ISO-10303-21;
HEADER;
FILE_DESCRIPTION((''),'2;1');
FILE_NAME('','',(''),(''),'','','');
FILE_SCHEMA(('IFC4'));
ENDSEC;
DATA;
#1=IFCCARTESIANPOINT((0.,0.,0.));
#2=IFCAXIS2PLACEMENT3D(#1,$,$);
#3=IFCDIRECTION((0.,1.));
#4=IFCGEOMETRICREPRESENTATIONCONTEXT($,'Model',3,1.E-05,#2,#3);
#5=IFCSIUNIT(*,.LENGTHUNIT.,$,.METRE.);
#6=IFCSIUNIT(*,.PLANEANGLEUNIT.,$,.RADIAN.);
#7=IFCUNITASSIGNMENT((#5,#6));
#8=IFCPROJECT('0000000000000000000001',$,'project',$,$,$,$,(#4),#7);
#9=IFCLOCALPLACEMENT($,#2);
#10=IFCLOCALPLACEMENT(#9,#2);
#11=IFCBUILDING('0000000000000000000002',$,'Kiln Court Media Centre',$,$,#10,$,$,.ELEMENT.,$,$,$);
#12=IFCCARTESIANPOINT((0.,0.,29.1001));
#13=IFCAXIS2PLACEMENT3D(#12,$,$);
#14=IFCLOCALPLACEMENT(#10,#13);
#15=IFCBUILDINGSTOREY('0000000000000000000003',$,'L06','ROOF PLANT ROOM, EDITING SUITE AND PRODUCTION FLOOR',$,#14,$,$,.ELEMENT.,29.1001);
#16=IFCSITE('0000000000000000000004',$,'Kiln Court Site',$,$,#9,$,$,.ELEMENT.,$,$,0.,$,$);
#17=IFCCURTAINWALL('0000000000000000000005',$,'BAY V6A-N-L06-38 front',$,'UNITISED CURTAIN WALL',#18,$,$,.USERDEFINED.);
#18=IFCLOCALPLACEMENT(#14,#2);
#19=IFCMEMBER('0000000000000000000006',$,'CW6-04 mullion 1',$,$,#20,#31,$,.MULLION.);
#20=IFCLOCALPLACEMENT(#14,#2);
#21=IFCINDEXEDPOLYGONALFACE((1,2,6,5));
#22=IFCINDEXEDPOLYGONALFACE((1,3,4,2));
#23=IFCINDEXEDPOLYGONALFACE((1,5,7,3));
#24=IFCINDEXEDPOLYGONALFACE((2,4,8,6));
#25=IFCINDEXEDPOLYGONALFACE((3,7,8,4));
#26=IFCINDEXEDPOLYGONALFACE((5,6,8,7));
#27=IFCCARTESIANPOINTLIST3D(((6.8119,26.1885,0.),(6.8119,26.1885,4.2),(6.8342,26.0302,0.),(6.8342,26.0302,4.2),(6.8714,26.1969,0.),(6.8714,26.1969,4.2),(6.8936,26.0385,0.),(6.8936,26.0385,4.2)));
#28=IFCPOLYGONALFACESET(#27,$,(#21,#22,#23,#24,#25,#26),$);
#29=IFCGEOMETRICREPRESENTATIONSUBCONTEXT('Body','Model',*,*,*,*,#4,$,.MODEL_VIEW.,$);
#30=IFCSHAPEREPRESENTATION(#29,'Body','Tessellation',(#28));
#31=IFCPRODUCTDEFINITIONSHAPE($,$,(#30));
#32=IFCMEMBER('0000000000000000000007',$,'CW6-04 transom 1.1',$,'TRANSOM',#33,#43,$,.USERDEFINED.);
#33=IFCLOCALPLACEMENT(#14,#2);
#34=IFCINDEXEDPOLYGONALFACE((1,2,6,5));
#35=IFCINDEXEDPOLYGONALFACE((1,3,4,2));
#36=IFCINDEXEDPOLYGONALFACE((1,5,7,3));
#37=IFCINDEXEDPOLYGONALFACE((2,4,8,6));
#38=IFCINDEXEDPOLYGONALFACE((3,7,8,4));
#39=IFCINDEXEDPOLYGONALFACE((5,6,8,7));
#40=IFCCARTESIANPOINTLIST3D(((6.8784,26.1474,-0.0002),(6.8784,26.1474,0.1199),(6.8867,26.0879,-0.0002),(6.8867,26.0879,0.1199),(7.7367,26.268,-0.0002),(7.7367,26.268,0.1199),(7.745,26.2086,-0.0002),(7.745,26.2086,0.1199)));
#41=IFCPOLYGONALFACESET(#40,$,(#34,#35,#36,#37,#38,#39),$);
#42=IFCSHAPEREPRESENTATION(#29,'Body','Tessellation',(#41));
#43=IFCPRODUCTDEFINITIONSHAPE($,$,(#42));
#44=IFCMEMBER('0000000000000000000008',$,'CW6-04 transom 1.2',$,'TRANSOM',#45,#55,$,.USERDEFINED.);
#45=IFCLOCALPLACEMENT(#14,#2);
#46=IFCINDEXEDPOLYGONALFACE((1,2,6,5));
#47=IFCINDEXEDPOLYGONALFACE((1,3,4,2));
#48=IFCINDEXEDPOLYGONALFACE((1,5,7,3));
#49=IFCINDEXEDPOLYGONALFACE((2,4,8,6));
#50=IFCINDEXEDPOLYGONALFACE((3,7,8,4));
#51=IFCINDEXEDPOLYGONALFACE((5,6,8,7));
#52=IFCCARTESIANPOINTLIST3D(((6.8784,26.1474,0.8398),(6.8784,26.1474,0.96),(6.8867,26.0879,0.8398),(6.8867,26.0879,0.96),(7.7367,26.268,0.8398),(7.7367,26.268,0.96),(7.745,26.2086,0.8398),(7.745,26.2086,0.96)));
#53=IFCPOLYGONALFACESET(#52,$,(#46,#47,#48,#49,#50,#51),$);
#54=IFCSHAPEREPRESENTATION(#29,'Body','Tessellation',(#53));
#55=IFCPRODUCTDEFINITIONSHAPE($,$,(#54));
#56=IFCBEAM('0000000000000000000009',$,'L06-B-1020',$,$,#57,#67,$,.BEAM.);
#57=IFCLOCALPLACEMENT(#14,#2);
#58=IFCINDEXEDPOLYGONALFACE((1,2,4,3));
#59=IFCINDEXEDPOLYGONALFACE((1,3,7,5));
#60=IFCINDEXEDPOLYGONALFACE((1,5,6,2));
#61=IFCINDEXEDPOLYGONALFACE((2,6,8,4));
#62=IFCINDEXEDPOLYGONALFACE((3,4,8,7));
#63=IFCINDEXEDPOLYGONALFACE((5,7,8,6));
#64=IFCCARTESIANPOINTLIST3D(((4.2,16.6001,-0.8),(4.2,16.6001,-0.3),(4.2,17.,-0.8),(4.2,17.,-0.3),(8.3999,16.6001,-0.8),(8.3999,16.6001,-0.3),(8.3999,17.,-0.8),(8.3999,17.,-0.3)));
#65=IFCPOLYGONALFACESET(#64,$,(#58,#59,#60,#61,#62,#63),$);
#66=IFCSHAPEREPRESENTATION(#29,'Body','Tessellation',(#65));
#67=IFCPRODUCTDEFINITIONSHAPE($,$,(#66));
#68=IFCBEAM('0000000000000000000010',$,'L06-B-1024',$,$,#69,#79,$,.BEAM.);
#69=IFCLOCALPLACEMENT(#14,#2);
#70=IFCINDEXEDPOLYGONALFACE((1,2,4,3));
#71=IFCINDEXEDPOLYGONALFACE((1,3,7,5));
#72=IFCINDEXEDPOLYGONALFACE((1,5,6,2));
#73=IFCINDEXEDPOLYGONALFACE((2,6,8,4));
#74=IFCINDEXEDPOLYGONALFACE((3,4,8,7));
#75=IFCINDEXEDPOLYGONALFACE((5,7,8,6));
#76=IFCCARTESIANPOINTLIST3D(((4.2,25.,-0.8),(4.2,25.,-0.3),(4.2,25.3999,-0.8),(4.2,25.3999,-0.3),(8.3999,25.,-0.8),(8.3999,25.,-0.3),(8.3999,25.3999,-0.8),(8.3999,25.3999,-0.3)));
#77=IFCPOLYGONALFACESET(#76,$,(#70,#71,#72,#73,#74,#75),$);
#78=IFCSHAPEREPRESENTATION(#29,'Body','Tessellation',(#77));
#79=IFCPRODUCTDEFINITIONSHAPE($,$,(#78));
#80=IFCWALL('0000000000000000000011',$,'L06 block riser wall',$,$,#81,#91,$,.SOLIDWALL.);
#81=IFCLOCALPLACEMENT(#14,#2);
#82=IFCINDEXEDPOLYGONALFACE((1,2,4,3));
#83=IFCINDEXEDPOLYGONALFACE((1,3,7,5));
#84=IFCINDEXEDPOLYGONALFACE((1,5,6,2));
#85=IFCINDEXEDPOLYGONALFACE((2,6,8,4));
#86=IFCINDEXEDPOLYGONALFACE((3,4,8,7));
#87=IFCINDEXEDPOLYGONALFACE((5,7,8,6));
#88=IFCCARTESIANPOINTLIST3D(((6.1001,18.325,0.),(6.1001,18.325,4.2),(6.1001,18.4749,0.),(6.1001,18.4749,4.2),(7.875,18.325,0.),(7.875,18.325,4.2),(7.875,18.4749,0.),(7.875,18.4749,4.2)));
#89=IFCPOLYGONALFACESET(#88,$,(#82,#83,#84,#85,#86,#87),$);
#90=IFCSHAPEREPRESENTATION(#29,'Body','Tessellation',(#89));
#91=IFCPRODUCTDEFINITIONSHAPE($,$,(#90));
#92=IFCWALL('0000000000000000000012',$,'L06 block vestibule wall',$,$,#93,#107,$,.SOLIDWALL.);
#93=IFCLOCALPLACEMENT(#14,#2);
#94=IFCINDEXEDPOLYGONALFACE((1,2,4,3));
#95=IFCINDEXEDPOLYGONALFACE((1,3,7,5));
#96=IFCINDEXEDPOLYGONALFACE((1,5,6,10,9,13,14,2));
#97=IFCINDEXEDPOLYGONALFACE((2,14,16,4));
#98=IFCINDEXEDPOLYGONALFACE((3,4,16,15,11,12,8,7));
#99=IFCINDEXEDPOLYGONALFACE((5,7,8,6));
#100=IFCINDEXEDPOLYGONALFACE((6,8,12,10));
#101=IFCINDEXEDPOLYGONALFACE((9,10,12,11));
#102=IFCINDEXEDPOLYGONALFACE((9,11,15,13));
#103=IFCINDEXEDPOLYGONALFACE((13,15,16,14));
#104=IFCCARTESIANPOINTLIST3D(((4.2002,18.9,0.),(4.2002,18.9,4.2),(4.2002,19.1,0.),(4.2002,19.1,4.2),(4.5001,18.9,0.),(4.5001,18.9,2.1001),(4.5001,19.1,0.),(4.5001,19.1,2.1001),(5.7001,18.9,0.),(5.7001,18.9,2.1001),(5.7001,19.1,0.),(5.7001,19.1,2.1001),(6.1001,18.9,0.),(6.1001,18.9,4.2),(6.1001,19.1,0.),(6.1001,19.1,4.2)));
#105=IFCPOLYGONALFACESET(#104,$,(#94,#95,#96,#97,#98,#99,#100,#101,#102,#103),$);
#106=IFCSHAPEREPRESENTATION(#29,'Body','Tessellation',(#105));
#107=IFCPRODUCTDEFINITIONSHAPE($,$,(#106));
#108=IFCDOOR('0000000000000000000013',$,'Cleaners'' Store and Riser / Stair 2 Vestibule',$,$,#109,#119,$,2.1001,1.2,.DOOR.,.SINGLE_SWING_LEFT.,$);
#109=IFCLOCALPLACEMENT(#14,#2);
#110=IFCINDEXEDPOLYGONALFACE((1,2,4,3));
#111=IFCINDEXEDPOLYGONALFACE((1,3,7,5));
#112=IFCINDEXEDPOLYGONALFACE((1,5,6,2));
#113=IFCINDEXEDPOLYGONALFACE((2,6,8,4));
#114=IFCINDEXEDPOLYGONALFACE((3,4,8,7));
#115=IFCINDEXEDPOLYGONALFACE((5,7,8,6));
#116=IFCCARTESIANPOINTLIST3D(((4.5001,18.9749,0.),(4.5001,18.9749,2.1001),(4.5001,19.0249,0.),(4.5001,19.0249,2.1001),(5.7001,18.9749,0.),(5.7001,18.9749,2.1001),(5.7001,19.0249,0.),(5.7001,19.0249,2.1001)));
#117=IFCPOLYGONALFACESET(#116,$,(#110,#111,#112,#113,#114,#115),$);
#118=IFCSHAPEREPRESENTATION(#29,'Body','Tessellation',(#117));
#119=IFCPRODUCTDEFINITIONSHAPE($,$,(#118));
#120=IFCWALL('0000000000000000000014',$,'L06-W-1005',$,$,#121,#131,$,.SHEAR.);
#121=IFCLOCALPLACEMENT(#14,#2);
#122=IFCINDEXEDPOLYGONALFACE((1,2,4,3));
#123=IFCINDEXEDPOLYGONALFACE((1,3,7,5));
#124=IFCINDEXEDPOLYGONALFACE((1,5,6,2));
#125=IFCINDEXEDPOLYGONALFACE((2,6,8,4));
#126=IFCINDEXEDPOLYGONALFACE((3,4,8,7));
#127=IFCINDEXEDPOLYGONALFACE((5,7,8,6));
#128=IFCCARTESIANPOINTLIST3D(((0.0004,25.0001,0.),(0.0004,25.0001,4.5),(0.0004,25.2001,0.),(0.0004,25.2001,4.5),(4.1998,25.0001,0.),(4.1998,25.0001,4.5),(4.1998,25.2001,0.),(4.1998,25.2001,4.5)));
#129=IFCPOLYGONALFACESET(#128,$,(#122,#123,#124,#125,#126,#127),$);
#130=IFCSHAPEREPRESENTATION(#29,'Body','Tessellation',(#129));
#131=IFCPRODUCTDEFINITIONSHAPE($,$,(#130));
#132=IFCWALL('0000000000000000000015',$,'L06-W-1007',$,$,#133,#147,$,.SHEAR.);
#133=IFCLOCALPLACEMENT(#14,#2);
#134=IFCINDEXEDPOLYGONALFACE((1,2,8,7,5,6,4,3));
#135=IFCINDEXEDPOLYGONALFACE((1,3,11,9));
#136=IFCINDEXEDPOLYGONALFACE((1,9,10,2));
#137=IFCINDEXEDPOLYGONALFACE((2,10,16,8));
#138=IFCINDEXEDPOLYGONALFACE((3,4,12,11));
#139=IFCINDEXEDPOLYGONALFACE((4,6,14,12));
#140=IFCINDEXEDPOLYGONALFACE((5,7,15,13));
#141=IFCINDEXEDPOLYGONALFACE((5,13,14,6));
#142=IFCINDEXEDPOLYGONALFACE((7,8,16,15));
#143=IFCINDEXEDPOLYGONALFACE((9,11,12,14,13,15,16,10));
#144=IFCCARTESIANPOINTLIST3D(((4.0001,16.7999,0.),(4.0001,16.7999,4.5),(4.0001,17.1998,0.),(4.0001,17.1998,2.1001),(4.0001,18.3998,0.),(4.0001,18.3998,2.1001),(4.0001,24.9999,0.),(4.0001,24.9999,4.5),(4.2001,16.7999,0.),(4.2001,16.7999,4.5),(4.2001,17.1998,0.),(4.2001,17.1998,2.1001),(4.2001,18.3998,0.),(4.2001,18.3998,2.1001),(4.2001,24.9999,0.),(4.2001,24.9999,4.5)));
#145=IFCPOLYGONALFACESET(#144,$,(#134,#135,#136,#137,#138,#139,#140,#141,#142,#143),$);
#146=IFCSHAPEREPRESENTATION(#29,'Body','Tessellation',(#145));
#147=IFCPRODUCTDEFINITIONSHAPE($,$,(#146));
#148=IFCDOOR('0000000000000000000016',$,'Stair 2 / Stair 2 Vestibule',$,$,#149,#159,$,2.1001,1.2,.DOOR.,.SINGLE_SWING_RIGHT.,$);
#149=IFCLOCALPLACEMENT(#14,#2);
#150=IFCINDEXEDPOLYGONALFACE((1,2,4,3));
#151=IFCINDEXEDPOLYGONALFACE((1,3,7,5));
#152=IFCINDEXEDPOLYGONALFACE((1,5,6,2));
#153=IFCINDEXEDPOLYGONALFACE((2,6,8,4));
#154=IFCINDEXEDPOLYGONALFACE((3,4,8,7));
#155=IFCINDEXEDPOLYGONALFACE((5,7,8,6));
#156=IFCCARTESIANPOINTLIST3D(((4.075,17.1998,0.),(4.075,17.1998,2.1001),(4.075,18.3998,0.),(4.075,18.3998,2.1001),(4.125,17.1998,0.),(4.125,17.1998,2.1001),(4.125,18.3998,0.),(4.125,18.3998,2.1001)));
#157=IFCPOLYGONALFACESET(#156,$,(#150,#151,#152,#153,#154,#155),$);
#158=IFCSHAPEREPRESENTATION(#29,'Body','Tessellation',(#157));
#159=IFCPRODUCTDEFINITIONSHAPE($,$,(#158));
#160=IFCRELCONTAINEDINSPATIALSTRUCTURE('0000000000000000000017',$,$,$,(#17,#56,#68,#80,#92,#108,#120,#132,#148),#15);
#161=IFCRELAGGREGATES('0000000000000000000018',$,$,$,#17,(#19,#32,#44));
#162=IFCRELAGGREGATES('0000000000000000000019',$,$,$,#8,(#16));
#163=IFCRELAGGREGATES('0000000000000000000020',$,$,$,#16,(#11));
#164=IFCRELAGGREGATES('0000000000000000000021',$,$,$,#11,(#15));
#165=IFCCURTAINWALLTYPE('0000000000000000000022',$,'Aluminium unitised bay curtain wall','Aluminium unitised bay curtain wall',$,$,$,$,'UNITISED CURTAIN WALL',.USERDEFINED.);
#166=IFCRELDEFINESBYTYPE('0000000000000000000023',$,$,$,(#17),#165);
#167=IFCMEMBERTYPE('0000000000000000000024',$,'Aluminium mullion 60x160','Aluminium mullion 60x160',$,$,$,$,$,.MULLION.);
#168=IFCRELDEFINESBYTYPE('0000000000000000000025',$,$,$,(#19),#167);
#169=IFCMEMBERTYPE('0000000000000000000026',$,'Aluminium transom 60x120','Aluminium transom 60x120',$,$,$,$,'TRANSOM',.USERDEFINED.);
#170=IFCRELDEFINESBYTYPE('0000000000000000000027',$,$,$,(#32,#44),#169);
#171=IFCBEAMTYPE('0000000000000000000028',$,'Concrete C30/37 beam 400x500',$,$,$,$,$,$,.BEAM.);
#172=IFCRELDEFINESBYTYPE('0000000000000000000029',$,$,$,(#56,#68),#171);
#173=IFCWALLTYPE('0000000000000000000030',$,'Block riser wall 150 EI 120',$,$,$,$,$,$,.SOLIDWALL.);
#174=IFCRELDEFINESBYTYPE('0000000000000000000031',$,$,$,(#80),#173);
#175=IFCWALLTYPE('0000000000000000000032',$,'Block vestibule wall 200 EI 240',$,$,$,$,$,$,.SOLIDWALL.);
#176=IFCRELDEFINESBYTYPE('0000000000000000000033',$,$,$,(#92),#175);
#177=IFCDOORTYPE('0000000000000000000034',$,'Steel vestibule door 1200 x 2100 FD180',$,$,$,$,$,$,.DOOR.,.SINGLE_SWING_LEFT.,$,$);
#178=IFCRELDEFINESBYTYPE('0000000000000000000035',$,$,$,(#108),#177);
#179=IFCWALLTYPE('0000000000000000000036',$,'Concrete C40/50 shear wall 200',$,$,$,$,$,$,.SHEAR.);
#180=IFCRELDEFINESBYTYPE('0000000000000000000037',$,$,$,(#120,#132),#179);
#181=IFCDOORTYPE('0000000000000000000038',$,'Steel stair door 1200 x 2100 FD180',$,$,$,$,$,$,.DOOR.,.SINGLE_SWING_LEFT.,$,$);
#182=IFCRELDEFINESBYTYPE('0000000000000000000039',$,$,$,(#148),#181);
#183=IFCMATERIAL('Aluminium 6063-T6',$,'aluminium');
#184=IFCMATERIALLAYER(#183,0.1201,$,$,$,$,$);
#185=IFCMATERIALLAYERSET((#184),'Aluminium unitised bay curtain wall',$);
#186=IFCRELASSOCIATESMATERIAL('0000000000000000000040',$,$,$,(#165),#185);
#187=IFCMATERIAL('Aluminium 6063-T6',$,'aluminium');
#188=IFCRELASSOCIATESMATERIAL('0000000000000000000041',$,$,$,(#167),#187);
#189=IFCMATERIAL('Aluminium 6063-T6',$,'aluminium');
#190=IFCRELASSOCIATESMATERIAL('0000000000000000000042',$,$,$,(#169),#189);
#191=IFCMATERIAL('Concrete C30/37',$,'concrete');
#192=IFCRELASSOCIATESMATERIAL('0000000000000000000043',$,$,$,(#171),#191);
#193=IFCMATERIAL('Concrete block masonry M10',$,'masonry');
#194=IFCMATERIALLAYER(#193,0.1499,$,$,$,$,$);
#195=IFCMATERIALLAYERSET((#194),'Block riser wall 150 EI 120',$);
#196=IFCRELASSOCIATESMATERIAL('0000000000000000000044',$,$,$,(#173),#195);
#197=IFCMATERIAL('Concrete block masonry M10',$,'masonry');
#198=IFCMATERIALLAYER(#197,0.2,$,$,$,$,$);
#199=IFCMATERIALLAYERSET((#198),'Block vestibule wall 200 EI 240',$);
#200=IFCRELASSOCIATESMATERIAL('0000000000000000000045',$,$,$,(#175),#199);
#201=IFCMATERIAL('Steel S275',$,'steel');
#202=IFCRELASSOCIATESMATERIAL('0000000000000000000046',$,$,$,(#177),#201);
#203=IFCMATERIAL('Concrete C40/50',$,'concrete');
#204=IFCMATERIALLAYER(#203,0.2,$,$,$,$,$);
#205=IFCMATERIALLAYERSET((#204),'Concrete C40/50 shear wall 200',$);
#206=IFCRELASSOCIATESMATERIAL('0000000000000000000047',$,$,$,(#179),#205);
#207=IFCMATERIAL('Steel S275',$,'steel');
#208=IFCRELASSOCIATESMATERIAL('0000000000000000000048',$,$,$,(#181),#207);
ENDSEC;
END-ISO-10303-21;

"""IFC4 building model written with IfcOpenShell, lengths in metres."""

from ifc_helpers import new_model, si_unit, direction, frame, frame_2d, origin, origin_2d, place, context, subcontext, project, spatial, rectangle, extrude, material, layer, layer_set, material_profile, profile_set, type_object, element, fill, aggregate, save


model = new_model("IFC4")

# Units and contexts
model_context = context("Model", 3, precision=1e-05, world=origin(), true_north=direction((0.0, 1.0)))
body_context = subcontext(model_context, "Body", "Model", "MODEL_VIEW")
ifc_project = project(units=[si_unit("LENGTHUNIT", "METRE"), si_unit("PLANEANGLEUNIT", "RADIAN")], contexts=[model_context])

# Site, building, storey
site_placement = place(None, origin())
site = spatial("IfcSite", under=ifc_project, at=site_placement, Name="Kiln Court Site", CompositionType="ELEMENT", RefElevation=0.0)
building_placement = place(site_placement, origin())
building = spatial("IfcBuilding", under=site, at=building_placement, Name="Kiln Court Media Centre", CompositionType="ELEMENT")
storey_placement = place(building_placement, frame((0.0, 0.0, 29.1001)))
storey = spatial("IfcBuildingStorey", under=building, at=storey_placement, Name="L06", Description="ROOF PLANT ROOM, EDITING SUITE AND PRODUCTION FLOOR", CompositionType="ELEMENT", Elevation=29.1001)

# Curtain wall, members
ifc_material_1 = material(Name="Aluminium 6063-T6", Category="aluminium")
ifc_layer_1 = layer(ifc_material_1, 0.1201)
ifc_layer_set_1 = layer_set([ifc_layer_1], Name="Aluminium unitised bay curtain wall")
curtain_wall_type = type_object("IfcCurtainWallType", Name="Aluminium unitised bay curtain wall", Description="Aluminium unitised bay curtain wall", ElementType="UNITISED CURTAIN WALL", PredefinedType="USERDEFINED", material=ifc_layer_set_1)
curtain_wall_placement = place(storey_placement, origin())
curtain_wall = element("IfcCurtainWall", 1, at=curtain_wall_placement, inside=storey, type_object=curtain_wall_type, Name="BAY V6A-N-L06-38 front", ObjectType="UNITISED CURTAIN WALL", PredefinedType="USERDEFINED")
ifc_material_2 = material(Name="Aluminium 6063-T6", Category="aluminium")
ifc_material_profile_1 = material_profile(ifc_material_2, rectangle(XDim=0.0601, YDim=0.1599, at=origin_2d()), Name="Aluminium mullion 60x160")
ifc_profile_set_1 = profile_set([ifc_material_profile_1], Name="Aluminium 6063-T6")
member_type_1 = type_object("IfcMemberType", Name="Aluminium mullion 60x160", Description="Aluminium mullion 60x160", PredefinedType="MULLION", material=ifc_profile_set_1)
member_1_placement = place(storey_placement, frame((6.8528, 26.1135, 0.0), z_axis=(0.0, 0.0, 1.0), x_axis=(0.99027, 0.139162, 0.0)))
member_1 = element("IfcMember", 2, at=member_1_placement, type_object=member_type_1, Name="CW6-04 mullion 1", PredefinedType="MULLION", context=body_context, shape_type="SweptSolid", body=[
    extrude(rectangle(XDim=0.0601, YDim=0.1599, at=origin_2d()), origin(), (0.0, 0.0, 1.0), 4.2),
])
ifc_material_3 = material(Name="Aluminium 6063-T6", Category="aluminium")
ifc_material_profile_2 = material_profile(ifc_material_3, rectangle(XDim=0.0601, YDim=0.1201, at=origin_2d()), Name="Aluminium transom 60x120")
ifc_profile_set_2 = profile_set([ifc_material_profile_2], Name="Aluminium 6063-T6")
member_type_2 = type_object("IfcMemberType", Name="Aluminium transom 60x120", Description="Aluminium transom 60x120", ElementType="TRANSOM", PredefinedType="USERDEFINED", material=ifc_profile_set_2)
member_2_placement = place(storey_placement, frame((6.8826, 26.1177, 0.0598), z_axis=(0.990268, 0.139173, 0.0), x_axis=(-0.139173, 0.990268, 0.0)))
member_2 = element("IfcMember", 3, at=member_2_placement, type_object=member_type_2, Name="CW6-04 transom 1.1", ObjectType="TRANSOM", PredefinedType="USERDEFINED", context=body_context, shape_type="SweptSolid", body=[
    extrude(rectangle(XDim=0.0601, YDim=0.1201, at=origin_2d()), origin(), (0.0, 0.0, 1.0), 0.8667),
])
member_3_placement = place(storey_placement, frame((6.8826, 26.1177, 0.8999), z_axis=(0.990268, 0.139173, 0.0), x_axis=(-0.139173, 0.990268, 0.0)))
member_3 = element("IfcMember", 4, at=member_3_placement, type_object=member_type_2, Name="CW6-04 transom 1.2", ObjectType="TRANSOM", PredefinedType="USERDEFINED", context=body_context, shape_type="SweptSolid", body=[
    extrude(rectangle(XDim=0.0601, YDim=0.1201, at=origin_2d()), origin(), (0.0, 0.0, 1.0), 0.8667),
])
aggregate(curtain_wall, [member_1, member_2, member_3])

# Beams
ifc_material_4 = material(Name="Concrete C30/37", Category="concrete")
ifc_material_profile_3 = material_profile(ifc_material_4, rectangle(XDim=0.3999, YDim=0.5, at=origin_2d()), Name="RC 400x500")
ifc_profile_set_3 = profile_set([ifc_material_profile_3], Name="Concrete C30/37")
beam_type = type_object("IfcBeamType", Name="Concrete C30/37 beam 400x500", PredefinedType="BEAM", material=ifc_profile_set_3)
for number, where, z_axis, x_axis, name in (
    (5, (4.2, 16.8, -0.55), (1.0, 0.0, 0.0), (0.0, 1.0, 0.0), "L06-B-1020"),
    (6, (4.2, 25.2, -0.55), (1.0, 0.0, 0.0), (0.0, 1.0, 0.0), "L06-B-1024"),
):
    element("IfcBeam", number, at=place(storey_placement, frame(where, z_axis=z_axis, x_axis=x_axis)), inside=storey, type_object=beam_type, Name=name, PredefinedType="BEAM", context=body_context, shape_type="SweptSolid", body=[
        extrude(rectangle(XDim=0.3999, YDim=0.5, at=origin_2d()), origin(), (0.0, 0.0, 1.0), 4.2),
    ])

# Wall
ifc_material_5 = material(Name="Concrete block masonry M10", Category="masonry")
ifc_layer_2 = layer(ifc_material_5, 0.1499)
ifc_layer_set_2 = layer_set([ifc_layer_2], Name="Block riser wall 150 EI 120")
wall_type_1 = type_object("IfcWallType", Name="Block riser wall 150 EI 120", PredefinedType="SOLIDWALL", material=ifc_layer_set_2)
wall_1_placement = place(storey_placement, frame((6.1001, 18.3999, 0.0), z_axis=(0.0, 0.0, 1.0), x_axis=(1.0, 0.0, 0.0)))
element("IfcWall", 7, at=wall_1_placement, inside=storey, type_object=wall_type_1, Name="L06 block riser wall", PredefinedType="SOLIDWALL", context=body_context, shape_type="SweptSolid", body=[
    extrude(rectangle(XDim=1.7749, YDim=0.1499, at=frame_2d((0.8875, 0.0))), origin(), (0.0, 0.0, 1.0), 4.2),
])

# Wall, opening, door
ifc_material_6 = material(Name="Concrete block masonry M10", Category="masonry")
ifc_layer_3 = layer(ifc_material_6, 0.2)
ifc_layer_set_3 = layer_set([ifc_layer_3], Name="Block vestibule wall 200 EI 240")
wall_type_2 = type_object("IfcWallType", Name="Block vestibule wall 200 EI 240", PredefinedType="SOLIDWALL", material=ifc_layer_set_3)
wall_2_placement = place(storey_placement, frame((4.2002, 19.0, 0.0), z_axis=(0.0, 0.0, 1.0), x_axis=(1.0, 0.0, 0.0)))
wall_2 = element("IfcWall", 8, at=wall_2_placement, inside=storey, type_object=wall_type_2, Name="L06 block vestibule wall", PredefinedType="SOLIDWALL", context=body_context, shape_type="SweptSolid", body=[
    extrude(rectangle(XDim=1.8999, YDim=0.2, at=frame_2d((0.95, 0.0))), origin(), (0.0, 0.0, 1.0), 4.2),
])
opening_1_placement = place(wall_2_placement, frame((0.2998, 0.0, 0.0)))
opening_1 = element("IfcOpeningElement", 9, at=opening_1_placement, cuts=wall_2, PredefinedType="OPENING", context=body_context, shape_type="SweptSolid", body=[
    extrude(rectangle(XDim=1.2, YDim=2.1001, at=frame_2d((0.6001, 1.05))), frame((0.0, 0.1099, 0.0), z_axis=(0.0, -1.0, 0.0), x_axis=(1.0, 0.0, 0.0)), (0.0, 0.0, 1.0), 0.22),
])
ifc_material_7 = material(Name="Steel S275", Category="steel")
door_type_1 = type_object("IfcDoorType", Name="Steel vestibule door 1200 x 2100 FD180", OperationType="SINGLE_SWING_LEFT", PredefinedType="DOOR", material=ifc_material_7)
door_1_placement = place(opening_1_placement, origin())
door_1 = element("IfcDoor", 10, at=door_1_placement, inside=storey, type_object=door_type_1, Name="Cleaners' Store and Riser / Stair 2 Vestibule", OperationType="SINGLE_SWING_LEFT", OverallHeight=2.1001, OverallWidth=1.2, PredefinedType="DOOR", context=body_context, shape_type="SweptSolid", body=[
    extrude(rectangle(XDim=1.2, YDim=2.1001, at=frame_2d((0.6001, 1.05))), frame((0.0, 0.0249, 0.0), z_axis=(0.0, -1.0, 0.0), x_axis=(1.0, 0.0, 0.0)), (0.0, 0.0, 1.0), 0.05),
])
fill(opening_1, door_1)

# Wall
ifc_material_8 = material(Name="Concrete C40/50", Category="concrete")
ifc_layer_4 = layer(ifc_material_8, 0.2)
ifc_layer_set_4 = layer_set([ifc_layer_4], Name="Concrete C40/50 shear wall 200")
wall_type_3 = type_object("IfcWallType", Name="Concrete C40/50 shear wall 200", PredefinedType="SHEAR", material=ifc_layer_set_4)
wall_3_placement = place(storey_placement, frame((0.0005, 25.1001, 0.0), z_axis=(0.0, 0.0, 1.0), x_axis=(1.0, 0.0, 0.0)))
element("IfcWall", 11, at=wall_3_placement, inside=storey, type_object=wall_type_3, Name="L06-W-1005", PredefinedType="SHEAR", context=body_context, shape_type="SweptSolid", body=[
    extrude(rectangle(XDim=4.1995, YDim=0.2, at=frame_2d((2.0996, 0.0))), origin(), (0.0, 0.0, 1.0), 4.5),
])

# Wall, opening, door
wall_4_placement = place(storey_placement, frame((4.1001, 25.0, 0.0), z_axis=(0.0, 0.0, 1.0), x_axis=(0.0, -1.0, 0.0)))
wall_4 = element("IfcWall", 12, at=wall_4_placement, inside=storey, type_object=wall_type_3, Name="L06-W-1007", PredefinedType="SHEAR", context=body_context, shape_type="SweptSolid", body=[
    extrude(rectangle(XDim=8.2, YDim=0.2, at=frame_2d((4.1001, 0.0))), origin(), (0.0, 0.0, 1.0), 4.5),
])
opening_2_placement = place(wall_4_placement, frame((6.6001, 0.0, 0.0)))
opening_2 = element("IfcOpeningElement", 13, at=opening_2_placement, cuts=wall_4, PredefinedType="OPENING", context=body_context, shape_type="SweptSolid", body=[
    extrude(rectangle(XDim=1.2, YDim=2.1001, at=frame_2d((0.6001, 1.05))), frame((0.0, 0.1099, 0.0), z_axis=(0.0, -1.0, 0.0), x_axis=(1.0, 0.0, 0.0)), (0.0, 0.0, 1.0), 0.22),
])
ifc_material_9 = material(Name="Steel S275", Category="steel")
door_type_2 = type_object("IfcDoorType", Name="Steel stair door 1200 x 2100 FD180", OperationType="SINGLE_SWING_LEFT", PredefinedType="DOOR", material=ifc_material_9)
door_2_placement = place(opening_2_placement, origin())
door_2 = element("IfcDoor", 14, at=door_2_placement, inside=storey, type_object=door_type_2, Name="Stair 2 / Stair 2 Vestibule", OperationType="SINGLE_SWING_RIGHT", OverallHeight=2.1001, OverallWidth=1.2, PredefinedType="DOOR", context=body_context, shape_type="SweptSolid", body=[
    extrude(rectangle(XDim=1.2, YDim=2.1001, at=frame_2d((0.6001, 1.05))), frame((0.0, 0.0249, 0.0), z_axis=(0.0, -1.0, 0.0), x_axis=(1.0, 0.0, 0.0)), (0.0, 0.0, 1.0), 0.05),
])
fill(opening_2, door_2)

save(model, "model.ifc")
